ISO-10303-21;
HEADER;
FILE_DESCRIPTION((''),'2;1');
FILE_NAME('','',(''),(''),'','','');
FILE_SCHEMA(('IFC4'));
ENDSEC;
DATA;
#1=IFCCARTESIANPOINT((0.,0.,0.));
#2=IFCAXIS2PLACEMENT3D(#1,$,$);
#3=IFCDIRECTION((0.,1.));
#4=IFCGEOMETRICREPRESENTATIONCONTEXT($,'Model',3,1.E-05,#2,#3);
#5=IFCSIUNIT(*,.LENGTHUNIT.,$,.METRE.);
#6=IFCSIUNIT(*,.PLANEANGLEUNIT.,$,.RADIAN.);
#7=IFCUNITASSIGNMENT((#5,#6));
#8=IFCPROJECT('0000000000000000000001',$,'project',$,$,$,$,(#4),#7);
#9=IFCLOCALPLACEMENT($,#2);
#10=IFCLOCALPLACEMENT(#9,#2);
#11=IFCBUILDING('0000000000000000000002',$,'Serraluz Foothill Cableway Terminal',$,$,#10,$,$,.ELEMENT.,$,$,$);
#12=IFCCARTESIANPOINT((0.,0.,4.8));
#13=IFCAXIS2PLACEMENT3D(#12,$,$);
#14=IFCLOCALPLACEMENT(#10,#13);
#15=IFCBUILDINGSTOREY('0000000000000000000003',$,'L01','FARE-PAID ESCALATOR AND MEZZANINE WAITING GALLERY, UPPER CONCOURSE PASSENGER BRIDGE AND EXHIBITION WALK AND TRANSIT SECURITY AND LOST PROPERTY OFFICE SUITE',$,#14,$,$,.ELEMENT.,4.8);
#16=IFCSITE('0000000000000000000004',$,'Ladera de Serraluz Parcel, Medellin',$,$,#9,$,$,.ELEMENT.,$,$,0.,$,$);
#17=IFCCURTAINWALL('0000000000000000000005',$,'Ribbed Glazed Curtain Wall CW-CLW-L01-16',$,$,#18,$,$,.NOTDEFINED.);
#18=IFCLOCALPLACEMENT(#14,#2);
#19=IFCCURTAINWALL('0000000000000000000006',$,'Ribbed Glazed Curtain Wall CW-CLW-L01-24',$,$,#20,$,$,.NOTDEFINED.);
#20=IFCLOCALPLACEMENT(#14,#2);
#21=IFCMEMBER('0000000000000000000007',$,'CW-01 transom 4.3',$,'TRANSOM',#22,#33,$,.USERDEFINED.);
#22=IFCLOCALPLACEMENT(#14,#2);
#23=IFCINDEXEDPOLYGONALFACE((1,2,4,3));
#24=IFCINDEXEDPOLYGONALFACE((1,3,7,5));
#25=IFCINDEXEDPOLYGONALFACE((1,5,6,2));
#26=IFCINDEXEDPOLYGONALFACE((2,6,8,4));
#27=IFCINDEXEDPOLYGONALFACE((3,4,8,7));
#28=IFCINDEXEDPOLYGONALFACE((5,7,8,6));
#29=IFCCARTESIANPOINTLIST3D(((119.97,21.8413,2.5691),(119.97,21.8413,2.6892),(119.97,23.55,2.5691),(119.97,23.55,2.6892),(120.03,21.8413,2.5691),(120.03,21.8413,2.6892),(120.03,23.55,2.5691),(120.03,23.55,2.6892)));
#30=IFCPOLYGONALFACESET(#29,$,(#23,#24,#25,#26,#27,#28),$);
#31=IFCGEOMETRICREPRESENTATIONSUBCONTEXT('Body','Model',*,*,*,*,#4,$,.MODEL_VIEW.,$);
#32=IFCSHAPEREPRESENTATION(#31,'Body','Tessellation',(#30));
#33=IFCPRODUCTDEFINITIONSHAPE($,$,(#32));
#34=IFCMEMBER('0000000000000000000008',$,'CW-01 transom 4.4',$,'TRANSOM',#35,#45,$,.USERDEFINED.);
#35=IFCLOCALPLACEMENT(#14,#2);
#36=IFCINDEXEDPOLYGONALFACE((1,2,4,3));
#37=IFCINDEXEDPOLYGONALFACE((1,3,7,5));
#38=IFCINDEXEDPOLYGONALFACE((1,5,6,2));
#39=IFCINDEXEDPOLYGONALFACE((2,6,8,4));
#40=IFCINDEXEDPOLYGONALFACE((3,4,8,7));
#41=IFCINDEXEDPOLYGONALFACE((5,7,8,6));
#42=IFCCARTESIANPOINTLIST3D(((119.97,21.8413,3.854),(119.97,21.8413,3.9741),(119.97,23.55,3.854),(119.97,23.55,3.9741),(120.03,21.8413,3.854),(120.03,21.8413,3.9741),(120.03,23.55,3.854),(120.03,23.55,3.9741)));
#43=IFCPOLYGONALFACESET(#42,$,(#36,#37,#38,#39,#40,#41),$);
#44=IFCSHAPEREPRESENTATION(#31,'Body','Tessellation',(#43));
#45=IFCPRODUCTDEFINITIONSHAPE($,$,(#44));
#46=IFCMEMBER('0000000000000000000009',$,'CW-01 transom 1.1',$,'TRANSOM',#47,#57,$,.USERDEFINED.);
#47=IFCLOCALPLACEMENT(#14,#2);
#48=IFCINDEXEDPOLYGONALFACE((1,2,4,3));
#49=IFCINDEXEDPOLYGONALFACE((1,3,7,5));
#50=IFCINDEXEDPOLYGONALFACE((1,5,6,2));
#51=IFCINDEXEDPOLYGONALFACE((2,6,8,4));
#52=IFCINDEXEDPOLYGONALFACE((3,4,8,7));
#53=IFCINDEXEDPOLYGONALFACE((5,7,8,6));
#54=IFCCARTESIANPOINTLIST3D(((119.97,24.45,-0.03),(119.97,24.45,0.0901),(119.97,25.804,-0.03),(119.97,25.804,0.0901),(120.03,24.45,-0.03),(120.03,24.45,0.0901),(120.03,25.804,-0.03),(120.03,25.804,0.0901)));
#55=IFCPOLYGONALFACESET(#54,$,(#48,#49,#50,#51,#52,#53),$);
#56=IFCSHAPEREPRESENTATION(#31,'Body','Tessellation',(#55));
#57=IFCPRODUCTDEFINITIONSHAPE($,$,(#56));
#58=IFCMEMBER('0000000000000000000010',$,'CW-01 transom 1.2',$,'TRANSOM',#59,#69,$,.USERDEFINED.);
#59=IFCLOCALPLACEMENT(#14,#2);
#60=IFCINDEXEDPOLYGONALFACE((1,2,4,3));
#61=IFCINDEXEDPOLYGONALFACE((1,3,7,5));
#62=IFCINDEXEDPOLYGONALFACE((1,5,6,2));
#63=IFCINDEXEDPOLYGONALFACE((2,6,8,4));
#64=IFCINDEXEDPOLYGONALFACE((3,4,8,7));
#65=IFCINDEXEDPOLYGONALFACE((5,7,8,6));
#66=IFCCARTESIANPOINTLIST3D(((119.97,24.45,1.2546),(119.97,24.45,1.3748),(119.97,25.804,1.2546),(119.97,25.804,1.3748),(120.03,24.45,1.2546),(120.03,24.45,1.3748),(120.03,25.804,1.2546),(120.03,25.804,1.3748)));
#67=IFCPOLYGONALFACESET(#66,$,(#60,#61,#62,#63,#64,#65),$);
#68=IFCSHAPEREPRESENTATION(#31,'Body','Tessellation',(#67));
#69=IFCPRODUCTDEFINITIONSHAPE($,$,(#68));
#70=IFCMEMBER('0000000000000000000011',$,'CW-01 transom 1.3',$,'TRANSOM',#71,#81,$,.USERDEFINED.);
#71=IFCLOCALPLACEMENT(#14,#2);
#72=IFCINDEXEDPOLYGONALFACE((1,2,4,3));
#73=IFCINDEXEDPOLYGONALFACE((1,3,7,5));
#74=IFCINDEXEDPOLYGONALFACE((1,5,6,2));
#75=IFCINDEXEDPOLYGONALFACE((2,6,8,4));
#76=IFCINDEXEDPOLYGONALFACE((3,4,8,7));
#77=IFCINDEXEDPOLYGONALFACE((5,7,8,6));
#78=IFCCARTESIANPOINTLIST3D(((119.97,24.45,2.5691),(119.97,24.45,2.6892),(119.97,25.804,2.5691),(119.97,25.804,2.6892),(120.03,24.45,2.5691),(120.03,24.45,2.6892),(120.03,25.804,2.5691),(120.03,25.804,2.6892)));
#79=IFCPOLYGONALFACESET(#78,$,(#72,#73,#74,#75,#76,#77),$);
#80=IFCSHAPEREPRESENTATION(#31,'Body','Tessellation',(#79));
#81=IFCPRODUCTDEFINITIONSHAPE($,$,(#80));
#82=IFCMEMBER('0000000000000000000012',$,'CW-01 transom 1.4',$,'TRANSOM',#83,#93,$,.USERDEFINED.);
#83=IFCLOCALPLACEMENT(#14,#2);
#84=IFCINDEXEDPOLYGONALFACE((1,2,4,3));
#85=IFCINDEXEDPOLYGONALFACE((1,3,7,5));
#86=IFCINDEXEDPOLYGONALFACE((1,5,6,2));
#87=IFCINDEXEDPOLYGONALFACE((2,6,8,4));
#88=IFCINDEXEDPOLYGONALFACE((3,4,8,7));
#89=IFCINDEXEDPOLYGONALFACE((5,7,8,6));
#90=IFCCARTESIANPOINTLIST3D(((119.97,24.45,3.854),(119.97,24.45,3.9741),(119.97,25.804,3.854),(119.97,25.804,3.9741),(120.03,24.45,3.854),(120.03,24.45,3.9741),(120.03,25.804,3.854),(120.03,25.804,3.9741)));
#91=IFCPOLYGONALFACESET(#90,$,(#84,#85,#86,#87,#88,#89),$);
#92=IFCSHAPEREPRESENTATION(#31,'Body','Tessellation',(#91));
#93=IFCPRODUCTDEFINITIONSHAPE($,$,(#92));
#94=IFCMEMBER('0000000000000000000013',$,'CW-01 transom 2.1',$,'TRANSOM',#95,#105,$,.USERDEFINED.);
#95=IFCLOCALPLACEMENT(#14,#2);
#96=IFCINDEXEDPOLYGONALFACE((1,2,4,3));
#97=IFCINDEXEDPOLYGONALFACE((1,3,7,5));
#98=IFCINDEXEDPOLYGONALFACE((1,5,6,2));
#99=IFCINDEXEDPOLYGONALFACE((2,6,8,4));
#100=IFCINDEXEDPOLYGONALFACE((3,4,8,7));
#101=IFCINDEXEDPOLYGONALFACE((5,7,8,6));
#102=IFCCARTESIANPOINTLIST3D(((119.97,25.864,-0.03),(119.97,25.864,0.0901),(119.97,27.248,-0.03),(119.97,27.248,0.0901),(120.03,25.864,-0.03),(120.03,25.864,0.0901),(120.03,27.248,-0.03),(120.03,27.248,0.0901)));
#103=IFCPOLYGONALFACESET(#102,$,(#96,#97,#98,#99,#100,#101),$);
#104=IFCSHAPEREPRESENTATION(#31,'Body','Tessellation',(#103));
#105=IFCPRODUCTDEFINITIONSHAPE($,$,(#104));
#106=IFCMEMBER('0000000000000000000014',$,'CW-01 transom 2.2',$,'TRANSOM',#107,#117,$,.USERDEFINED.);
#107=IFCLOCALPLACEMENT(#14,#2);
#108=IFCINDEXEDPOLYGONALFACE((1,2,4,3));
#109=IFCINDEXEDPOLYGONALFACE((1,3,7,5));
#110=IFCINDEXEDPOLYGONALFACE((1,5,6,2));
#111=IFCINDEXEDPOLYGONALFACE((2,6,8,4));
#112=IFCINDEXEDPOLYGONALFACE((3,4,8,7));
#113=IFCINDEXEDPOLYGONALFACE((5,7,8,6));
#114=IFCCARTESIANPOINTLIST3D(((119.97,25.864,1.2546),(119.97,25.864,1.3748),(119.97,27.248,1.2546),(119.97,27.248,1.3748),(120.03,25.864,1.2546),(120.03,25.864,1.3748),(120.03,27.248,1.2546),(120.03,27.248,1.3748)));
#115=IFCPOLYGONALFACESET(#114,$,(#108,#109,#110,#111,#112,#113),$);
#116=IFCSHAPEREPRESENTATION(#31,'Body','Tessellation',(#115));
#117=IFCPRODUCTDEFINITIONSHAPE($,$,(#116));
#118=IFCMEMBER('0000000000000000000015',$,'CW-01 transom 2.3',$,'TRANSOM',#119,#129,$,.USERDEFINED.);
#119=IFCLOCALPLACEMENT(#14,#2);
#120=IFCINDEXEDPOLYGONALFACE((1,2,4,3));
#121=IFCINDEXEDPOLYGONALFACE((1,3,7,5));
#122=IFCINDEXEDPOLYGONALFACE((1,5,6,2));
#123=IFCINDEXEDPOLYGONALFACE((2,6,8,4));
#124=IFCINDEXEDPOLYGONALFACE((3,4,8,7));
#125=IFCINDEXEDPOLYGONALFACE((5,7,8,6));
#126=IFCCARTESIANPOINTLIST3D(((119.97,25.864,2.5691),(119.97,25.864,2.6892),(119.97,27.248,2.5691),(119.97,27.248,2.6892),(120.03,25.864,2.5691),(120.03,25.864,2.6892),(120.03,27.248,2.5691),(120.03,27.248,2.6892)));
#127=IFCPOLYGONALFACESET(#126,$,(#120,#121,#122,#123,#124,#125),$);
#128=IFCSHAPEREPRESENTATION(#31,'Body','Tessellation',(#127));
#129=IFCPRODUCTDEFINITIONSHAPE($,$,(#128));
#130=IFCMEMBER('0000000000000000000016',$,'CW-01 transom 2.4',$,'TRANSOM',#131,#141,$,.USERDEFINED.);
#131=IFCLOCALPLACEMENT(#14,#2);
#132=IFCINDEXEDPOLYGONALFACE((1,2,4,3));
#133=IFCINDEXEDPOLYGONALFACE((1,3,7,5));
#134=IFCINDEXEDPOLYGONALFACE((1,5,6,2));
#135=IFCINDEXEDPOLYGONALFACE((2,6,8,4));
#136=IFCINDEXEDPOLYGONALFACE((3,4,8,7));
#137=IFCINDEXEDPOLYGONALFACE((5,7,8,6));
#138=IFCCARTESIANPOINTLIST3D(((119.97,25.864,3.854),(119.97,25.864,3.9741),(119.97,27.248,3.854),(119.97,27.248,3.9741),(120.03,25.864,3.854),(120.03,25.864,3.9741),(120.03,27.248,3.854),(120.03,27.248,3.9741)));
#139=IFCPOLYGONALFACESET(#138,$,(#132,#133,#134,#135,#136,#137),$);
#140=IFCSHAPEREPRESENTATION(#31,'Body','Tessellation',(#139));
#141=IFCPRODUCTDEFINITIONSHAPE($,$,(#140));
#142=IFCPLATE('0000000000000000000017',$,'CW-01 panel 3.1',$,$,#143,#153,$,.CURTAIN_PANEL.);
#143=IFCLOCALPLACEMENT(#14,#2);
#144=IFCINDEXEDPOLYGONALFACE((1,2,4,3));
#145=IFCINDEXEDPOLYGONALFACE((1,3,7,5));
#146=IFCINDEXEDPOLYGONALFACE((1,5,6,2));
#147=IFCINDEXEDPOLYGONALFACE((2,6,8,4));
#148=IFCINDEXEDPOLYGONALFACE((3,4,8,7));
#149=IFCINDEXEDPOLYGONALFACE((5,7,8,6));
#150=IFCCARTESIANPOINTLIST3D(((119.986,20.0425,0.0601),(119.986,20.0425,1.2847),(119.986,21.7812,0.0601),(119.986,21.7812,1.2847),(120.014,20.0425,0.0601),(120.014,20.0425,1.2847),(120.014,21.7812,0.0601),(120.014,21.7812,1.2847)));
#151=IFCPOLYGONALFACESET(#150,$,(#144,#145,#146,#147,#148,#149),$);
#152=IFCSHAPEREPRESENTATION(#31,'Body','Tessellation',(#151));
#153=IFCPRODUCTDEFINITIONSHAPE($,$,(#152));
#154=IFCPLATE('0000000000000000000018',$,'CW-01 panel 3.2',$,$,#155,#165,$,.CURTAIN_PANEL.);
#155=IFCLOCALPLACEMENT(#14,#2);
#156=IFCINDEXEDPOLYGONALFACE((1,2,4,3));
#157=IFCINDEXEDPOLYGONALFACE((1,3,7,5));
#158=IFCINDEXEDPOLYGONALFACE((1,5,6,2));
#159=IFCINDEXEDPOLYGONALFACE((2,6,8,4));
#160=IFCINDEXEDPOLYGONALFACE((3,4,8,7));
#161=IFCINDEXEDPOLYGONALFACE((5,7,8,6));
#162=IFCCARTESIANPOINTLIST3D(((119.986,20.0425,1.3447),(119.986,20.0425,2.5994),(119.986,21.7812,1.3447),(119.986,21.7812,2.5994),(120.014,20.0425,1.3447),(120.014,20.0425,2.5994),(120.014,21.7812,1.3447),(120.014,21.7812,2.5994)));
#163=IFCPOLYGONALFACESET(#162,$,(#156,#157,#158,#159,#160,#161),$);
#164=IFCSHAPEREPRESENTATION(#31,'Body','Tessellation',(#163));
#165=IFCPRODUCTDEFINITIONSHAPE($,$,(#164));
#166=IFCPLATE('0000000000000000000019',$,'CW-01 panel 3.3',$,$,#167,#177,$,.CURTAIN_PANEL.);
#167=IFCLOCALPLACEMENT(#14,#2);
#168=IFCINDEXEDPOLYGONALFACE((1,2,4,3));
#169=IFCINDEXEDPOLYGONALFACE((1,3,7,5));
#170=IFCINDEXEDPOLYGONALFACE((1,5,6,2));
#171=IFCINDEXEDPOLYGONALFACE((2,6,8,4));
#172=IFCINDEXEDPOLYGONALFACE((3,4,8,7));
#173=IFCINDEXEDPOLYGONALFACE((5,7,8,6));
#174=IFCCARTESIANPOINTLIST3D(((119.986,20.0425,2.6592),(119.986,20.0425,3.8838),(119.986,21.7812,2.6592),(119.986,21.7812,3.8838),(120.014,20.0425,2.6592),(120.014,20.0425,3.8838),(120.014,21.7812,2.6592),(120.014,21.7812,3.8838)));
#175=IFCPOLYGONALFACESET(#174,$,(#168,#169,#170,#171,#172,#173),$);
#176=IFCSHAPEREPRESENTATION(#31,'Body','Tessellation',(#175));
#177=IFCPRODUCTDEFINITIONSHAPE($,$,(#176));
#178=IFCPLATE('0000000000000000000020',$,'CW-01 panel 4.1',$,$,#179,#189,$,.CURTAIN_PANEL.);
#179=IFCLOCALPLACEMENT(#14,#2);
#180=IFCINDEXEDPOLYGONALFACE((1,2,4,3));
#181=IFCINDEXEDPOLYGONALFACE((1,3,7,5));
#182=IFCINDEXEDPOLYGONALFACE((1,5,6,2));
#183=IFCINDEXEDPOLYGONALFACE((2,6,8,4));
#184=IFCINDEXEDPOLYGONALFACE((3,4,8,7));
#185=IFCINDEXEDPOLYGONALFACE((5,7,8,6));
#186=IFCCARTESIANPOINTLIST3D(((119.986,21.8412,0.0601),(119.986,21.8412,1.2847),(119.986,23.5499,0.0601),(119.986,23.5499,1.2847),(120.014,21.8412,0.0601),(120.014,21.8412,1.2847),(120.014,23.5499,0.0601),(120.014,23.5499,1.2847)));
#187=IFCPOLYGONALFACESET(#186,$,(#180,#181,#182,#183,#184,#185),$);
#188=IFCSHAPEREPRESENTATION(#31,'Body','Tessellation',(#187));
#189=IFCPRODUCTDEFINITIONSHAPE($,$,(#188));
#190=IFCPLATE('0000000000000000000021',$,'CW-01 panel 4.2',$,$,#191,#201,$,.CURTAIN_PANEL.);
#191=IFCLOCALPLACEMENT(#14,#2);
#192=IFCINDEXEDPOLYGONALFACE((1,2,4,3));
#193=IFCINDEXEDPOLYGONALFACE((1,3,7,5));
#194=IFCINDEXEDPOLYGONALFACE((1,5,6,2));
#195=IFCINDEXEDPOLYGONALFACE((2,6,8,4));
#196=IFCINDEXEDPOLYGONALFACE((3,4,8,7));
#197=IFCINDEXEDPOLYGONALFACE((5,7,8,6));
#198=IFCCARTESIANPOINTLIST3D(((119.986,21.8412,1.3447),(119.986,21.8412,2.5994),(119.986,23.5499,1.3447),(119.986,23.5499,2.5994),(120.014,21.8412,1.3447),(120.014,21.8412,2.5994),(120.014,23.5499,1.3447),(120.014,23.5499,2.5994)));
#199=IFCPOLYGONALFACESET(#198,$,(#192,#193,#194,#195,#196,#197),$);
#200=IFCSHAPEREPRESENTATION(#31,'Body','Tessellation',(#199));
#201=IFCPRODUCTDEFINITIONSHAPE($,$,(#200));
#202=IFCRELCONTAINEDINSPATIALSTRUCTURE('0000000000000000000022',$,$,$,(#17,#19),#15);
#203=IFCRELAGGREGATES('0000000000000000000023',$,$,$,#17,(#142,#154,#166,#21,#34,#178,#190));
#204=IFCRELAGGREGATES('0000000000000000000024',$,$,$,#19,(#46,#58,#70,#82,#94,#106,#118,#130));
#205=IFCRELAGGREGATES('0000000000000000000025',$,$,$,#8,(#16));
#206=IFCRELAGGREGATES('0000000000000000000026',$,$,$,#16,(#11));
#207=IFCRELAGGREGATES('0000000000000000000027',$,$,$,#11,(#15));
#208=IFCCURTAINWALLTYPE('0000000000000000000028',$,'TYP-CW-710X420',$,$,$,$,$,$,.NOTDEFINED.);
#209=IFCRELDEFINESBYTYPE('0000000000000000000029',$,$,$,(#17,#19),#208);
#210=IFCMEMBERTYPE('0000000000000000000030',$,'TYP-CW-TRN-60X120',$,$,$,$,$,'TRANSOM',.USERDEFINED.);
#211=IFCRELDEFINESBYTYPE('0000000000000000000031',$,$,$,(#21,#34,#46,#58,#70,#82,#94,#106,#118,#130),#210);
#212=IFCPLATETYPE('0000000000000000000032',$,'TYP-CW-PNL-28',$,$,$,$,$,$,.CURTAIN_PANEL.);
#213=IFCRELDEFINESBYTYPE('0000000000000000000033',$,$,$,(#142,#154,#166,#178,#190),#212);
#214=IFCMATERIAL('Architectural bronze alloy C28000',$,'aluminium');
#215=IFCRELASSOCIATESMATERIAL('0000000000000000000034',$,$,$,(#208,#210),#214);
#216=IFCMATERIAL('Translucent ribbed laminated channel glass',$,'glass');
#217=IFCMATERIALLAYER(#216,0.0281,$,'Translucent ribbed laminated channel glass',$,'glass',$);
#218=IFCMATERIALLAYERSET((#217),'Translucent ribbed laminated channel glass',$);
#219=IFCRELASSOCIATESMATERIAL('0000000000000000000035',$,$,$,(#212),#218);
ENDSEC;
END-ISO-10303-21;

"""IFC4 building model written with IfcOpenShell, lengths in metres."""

from ifc_helpers import new_model, si_unit, direction, frame, origin, origin_2d, place, context, subcontext, project, spatial, rectangle, extrude, material, layer, layer_set, material_profile, profile_set, type_object, element, aggregate, save


model = new_model("IFC4")

# Units and contexts
model_context = context("Model", 3, precision=1e-05, world=origin(), true_north=direction((0.0, 1.0)))
body_context = subcontext(model_context, "Body", "Model", "MODEL_VIEW")
ifc_project = project(units=[si_unit("LENGTHUNIT", "METRE"), si_unit("PLANEANGLEUNIT", "RADIAN")], contexts=[model_context])

# Site, building, storey
site_placement = place(None, origin())
site = spatial("IfcSite", under=ifc_project, at=site_placement, Name="Ladera de Serraluz Parcel, Medellin", CompositionType="ELEMENT", RefElevation=0.0)
building_placement = place(site_placement, origin())
building = spatial("IfcBuilding", under=site, at=building_placement, Name="Serraluz Foothill Cableway Terminal", CompositionType="ELEMENT")
storey_placement = place(building_placement, frame((0.0, 0.0, 4.8)))
storey = spatial("IfcBuildingStorey", under=building, at=storey_placement, Name="L01", Description="FARE-PAID ESCALATOR AND MEZZANINE WAITING GALLERY, UPPER CONCOURSE PASSENGER BRIDGE AND EXHIBITION WALK AND TRANSIT SECURITY AND LOST PROPERTY OFFICE SUITE", CompositionType="ELEMENT", Elevation=4.8)

# Curtain walls
ifc_material_1 = material(Name="Architectural bronze alloy C28000", Category="aluminium")
curtain_wall_type = type_object("IfcCurtainWallType", Name="TYP-CW-710X420", PredefinedType="NOTDEFINED", material=ifc_material_1)
curtain_wall_1_placement = place(storey_placement, origin())
curtain_wall_1 = element("IfcCurtainWall", 1, at=curtain_wall_1_placement, inside=storey, type_object=curtain_wall_type, Name="Ribbed Glazed Curtain Wall CW-CLW-L01-16", PredefinedType="NOTDEFINED")
curtain_wall_2_placement = place(storey_placement, origin())
curtain_wall_2 = element("IfcCurtainWall", 2, at=curtain_wall_2_placement, inside=storey, type_object=curtain_wall_type, Name="Ribbed Glazed Curtain Wall CW-CLW-L01-24", PredefinedType="NOTDEFINED")

# Members
ifc_material_profile_1 = material_profile(ifc_material_1, rectangle(XDim=0.0601, YDim=0.1201, at=origin_2d()), Name="ALU TRANSOM 60x120")
ifc_profile_set_1 = profile_set([ifc_material_profile_1], Name="Architectural bronze alloy C28000")
member_type_1 = type_object("IfcMemberType", Name="TYP-CW-TRN-60X120", ElementType="TRANSOM", PredefinedType="USERDEFINED", material=ifc_profile_set_1)
member_1_placement = place(storey_placement, frame((120.0, 21.8413, 2.6292), z_axis=(0.0, 1.0, 0.0), x_axis=(-1.0, 0.0, 0.0)))
member_1 = element("IfcMember", 3, at=member_1_placement, type_object=member_type_1, Name="CW-01 transom 4.3", ObjectType="TRANSOM", PredefinedType="USERDEFINED", context=body_context, shape_type="SweptSolid", body=[
    extrude(rectangle(XDim=0.0601, YDim=0.1201, at=origin_2d()), origin(), (0.0, 0.0, 1.0), 1.7087),
])
member_2_placement = place(storey_placement, frame((120.0, 21.8413, 3.9141), z_axis=(0.0, 1.0, 0.0), x_axis=(-1.0, 0.0, 0.0)))
member_2 = element("IfcMember", 4, at=member_2_placement, type_object=member_type_1, Name="CW-01 transom 4.4", ObjectType="TRANSOM", PredefinedType="USERDEFINED", context=body_context, shape_type="SweptSolid", body=[
    extrude(rectangle(XDim=0.0601, YDim=0.1201, at=origin_2d()), origin(), (0.0, 0.0, 1.0), 1.7087),
])
member_3_placement = place(storey_placement, frame((120.0, 24.45, 0.03), z_axis=(0.0, 1.0, 0.0), x_axis=(-1.0, 0.0, 0.0)))
member_3 = element("IfcMember", 5, at=member_3_placement, type_object=member_type_1, Name="CW-01 transom 1.1", ObjectType="TRANSOM", PredefinedType="USERDEFINED", context=body_context, shape_type="SweptSolid", body=[
    extrude(rectangle(XDim=0.0601, YDim=0.1201, at=origin_2d()), origin(), (0.0, 0.0, 1.0), 1.354),
])
member_4_placement = place(storey_placement, frame((120.0, 24.45, 1.3147), z_axis=(0.0, 1.0, 0.0), x_axis=(-1.0, 0.0, 0.0)))
member_4 = element("IfcMember", 6, at=member_4_placement, type_object=member_type_1, Name="CW-01 transom 1.2", ObjectType="TRANSOM", PredefinedType="USERDEFINED", context=body_context, shape_type="SweptSolid", body=[
    extrude(rectangle(XDim=0.0601, YDim=0.1201, at=origin_2d()), origin(), (0.0, 0.0, 1.0), 1.354),
])
member_5_placement = place(storey_placement, frame((120.0, 24.45, 2.6292), z_axis=(0.0, 1.0, 0.0), x_axis=(-1.0, 0.0, 0.0)))
member_5 = element("IfcMember", 7, at=member_5_placement, type_object=member_type_1, Name="CW-01 transom 1.3", ObjectType="TRANSOM", PredefinedType="USERDEFINED", context=body_context, shape_type="SweptSolid", body=[
    extrude(rectangle(XDim=0.0601, YDim=0.1201, at=origin_2d()), origin(), (0.0, 0.0, 1.0), 1.354),
])
member_6_placement = place(storey_placement, frame((120.0, 24.45, 3.9141), z_axis=(0.0, 1.0, 0.0), x_axis=(-1.0, 0.0, 0.0)))
member_6 = element("IfcMember", 8, at=member_6_placement, type_object=member_type_1, Name="CW-01 transom 1.4", ObjectType="TRANSOM", PredefinedType="USERDEFINED", context=body_context, shape_type="SweptSolid", body=[
    extrude(rectangle(XDim=0.0601, YDim=0.1201, at=origin_2d()), origin(), (0.0, 0.0, 1.0), 1.354),
])
member_7_placement = place(storey_placement, frame((120.0, 25.864, 0.03), z_axis=(0.0, 1.0, 0.0), x_axis=(-1.0, 0.0, 0.0)))
member_7 = element("IfcMember", 9, at=member_7_placement, type_object=member_type_1, Name="CW-01 transom 2.1", ObjectType="TRANSOM", PredefinedType="USERDEFINED", context=body_context, shape_type="SweptSolid", body=[
    extrude(rectangle(XDim=0.0601, YDim=0.1201, at=origin_2d()), origin(), (0.0, 0.0, 1.0), 1.384),
])
member_8_placement = place(storey_placement, frame((120.0, 25.864, 1.3147), z_axis=(0.0, 1.0, 0.0), x_axis=(-1.0, 0.0, 0.0)))
member_8 = element("IfcMember", 10, at=member_8_placement, type_object=member_type_1, Name="CW-01 transom 2.2", ObjectType="TRANSOM", PredefinedType="USERDEFINED", context=body_context, shape_type="SweptSolid", body=[
    extrude(rectangle(XDim=0.0601, YDim=0.1201, at=origin_2d()), origin(), (0.0, 0.0, 1.0), 1.384),
])
member_9_placement = place(storey_placement, frame((120.0, 25.864, 2.6292), z_axis=(0.0, 1.0, 0.0), x_axis=(-1.0, 0.0, 0.0)))
member_9 = element("IfcMember", 11, at=member_9_placement, type_object=member_type_1, Name="CW-01 transom 2.3", ObjectType="TRANSOM", PredefinedType="USERDEFINED", context=body_context, shape_type="SweptSolid", body=[
    extrude(rectangle(XDim=0.0601, YDim=0.1201, at=origin_2d()), origin(), (0.0, 0.0, 1.0), 1.384),
])
member_10_placement = place(storey_placement, frame((120.0, 25.864, 3.9141), z_axis=(0.0, 1.0, 0.0), x_axis=(-1.0, 0.0, 0.0)))
member_10 = element("IfcMember", 12, at=member_10_placement, type_object=member_type_1, Name="CW-01 transom 2.4", ObjectType="TRANSOM", PredefinedType="USERDEFINED", context=body_context, shape_type="SweptSolid", body=[
    extrude(rectangle(XDim=0.0601, YDim=0.1201, at=origin_2d()), origin(), (0.0, 0.0, 1.0), 1.384),
])

# Plates
ifc_material_2 = material(Name="Translucent ribbed laminated channel glass", Category="glass")
ifc_layer = layer(ifc_material_2, 0.0281, Name="Translucent ribbed laminated channel glass", Category="glass")
ifc_layer_set = layer_set([ifc_layer], Name="Translucent ribbed laminated channel glass")
plate_type = type_object("IfcPlateType", Name="TYP-CW-PNL-28", PredefinedType="CURTAIN_PANEL", material=ifc_layer_set)
plate_1_placement = place(storey_placement, frame((120.0, 20.9119, 0.0601), z_axis=(0.0, 0.0, 1.0), x_axis=(0.0, 1.0, 0.0)))
plate_1 = element("IfcPlate", 13, at=plate_1_placement, type_object=plate_type, Name="CW-01 panel 3.1", PredefinedType="CURTAIN_PANEL", context=body_context, shape_type="SweptSolid", body=[
    extrude(rectangle(XDim=1.7388, YDim=0.0281, at=origin_2d()), origin(), (0.0, 0.0, 1.0), 1.2246),
])
plate_2_placement = place(storey_placement, frame((120.0, 20.9119, 1.3447), z_axis=(0.0, 0.0, 1.0), x_axis=(0.0, 1.0, 0.0)))
plate_2 = element("IfcPlate", 14, at=plate_2_placement, type_object=plate_type, Name="CW-01 panel 3.2", PredefinedType="CURTAIN_PANEL", context=body_context, shape_type="SweptSolid", body=[
    extrude(rectangle(XDim=1.7388, YDim=0.0281, at=origin_2d()), origin(), (0.0, 0.0, 1.0), 1.2546),
])
plate_3_placement = place(storey_placement, frame((120.0, 20.9119, 2.6592), z_axis=(0.0, 0.0, 1.0), x_axis=(0.0, 1.0, 0.0)))
plate_3 = element("IfcPlate", 15, at=plate_3_placement, type_object=plate_type, Name="CW-01 panel 3.3", PredefinedType="CURTAIN_PANEL", context=body_context, shape_type="SweptSolid", body=[
    extrude(rectangle(XDim=1.7388, YDim=0.0281, at=origin_2d()), origin(), (0.0, 0.0, 1.0), 1.2246),
])
plate_4_placement = place(storey_placement, frame((120.0, 22.6956, 0.0601), z_axis=(0.0, 0.0, 1.0), x_axis=(0.0, 1.0, 0.0)))
plate_4 = element("IfcPlate", 16, at=plate_4_placement, type_object=plate_type, Name="CW-01 panel 4.1", PredefinedType="CURTAIN_PANEL", context=body_context, shape_type="SweptSolid", body=[
    extrude(rectangle(XDim=1.7087, YDim=0.0281, at=origin_2d()), origin(), (0.0, 0.0, 1.0), 1.2246),
])
plate_5_placement = place(storey_placement, frame((120.0, 22.6956, 1.3447), z_axis=(0.0, 0.0, 1.0), x_axis=(0.0, 1.0, 0.0)))
plate_5 = element("IfcPlate", 17, at=plate_5_placement, type_object=plate_type, Name="CW-01 panel 4.2", PredefinedType="CURTAIN_PANEL", context=body_context, shape_type="SweptSolid", body=[
    extrude(rectangle(XDim=1.7087, YDim=0.0281, at=origin_2d()), origin(), (0.0, 0.0, 1.0), 1.2546),
])
aggregate(curtain_wall_1, [plate_1, plate_2, plate_3, member_1, member_2, plate_4, plate_5])
aggregate(curtain_wall_2, [member_3, member_4, member_5, member_6, member_7, member_8, member_9, member_10])

save(model, "model.ifc")
